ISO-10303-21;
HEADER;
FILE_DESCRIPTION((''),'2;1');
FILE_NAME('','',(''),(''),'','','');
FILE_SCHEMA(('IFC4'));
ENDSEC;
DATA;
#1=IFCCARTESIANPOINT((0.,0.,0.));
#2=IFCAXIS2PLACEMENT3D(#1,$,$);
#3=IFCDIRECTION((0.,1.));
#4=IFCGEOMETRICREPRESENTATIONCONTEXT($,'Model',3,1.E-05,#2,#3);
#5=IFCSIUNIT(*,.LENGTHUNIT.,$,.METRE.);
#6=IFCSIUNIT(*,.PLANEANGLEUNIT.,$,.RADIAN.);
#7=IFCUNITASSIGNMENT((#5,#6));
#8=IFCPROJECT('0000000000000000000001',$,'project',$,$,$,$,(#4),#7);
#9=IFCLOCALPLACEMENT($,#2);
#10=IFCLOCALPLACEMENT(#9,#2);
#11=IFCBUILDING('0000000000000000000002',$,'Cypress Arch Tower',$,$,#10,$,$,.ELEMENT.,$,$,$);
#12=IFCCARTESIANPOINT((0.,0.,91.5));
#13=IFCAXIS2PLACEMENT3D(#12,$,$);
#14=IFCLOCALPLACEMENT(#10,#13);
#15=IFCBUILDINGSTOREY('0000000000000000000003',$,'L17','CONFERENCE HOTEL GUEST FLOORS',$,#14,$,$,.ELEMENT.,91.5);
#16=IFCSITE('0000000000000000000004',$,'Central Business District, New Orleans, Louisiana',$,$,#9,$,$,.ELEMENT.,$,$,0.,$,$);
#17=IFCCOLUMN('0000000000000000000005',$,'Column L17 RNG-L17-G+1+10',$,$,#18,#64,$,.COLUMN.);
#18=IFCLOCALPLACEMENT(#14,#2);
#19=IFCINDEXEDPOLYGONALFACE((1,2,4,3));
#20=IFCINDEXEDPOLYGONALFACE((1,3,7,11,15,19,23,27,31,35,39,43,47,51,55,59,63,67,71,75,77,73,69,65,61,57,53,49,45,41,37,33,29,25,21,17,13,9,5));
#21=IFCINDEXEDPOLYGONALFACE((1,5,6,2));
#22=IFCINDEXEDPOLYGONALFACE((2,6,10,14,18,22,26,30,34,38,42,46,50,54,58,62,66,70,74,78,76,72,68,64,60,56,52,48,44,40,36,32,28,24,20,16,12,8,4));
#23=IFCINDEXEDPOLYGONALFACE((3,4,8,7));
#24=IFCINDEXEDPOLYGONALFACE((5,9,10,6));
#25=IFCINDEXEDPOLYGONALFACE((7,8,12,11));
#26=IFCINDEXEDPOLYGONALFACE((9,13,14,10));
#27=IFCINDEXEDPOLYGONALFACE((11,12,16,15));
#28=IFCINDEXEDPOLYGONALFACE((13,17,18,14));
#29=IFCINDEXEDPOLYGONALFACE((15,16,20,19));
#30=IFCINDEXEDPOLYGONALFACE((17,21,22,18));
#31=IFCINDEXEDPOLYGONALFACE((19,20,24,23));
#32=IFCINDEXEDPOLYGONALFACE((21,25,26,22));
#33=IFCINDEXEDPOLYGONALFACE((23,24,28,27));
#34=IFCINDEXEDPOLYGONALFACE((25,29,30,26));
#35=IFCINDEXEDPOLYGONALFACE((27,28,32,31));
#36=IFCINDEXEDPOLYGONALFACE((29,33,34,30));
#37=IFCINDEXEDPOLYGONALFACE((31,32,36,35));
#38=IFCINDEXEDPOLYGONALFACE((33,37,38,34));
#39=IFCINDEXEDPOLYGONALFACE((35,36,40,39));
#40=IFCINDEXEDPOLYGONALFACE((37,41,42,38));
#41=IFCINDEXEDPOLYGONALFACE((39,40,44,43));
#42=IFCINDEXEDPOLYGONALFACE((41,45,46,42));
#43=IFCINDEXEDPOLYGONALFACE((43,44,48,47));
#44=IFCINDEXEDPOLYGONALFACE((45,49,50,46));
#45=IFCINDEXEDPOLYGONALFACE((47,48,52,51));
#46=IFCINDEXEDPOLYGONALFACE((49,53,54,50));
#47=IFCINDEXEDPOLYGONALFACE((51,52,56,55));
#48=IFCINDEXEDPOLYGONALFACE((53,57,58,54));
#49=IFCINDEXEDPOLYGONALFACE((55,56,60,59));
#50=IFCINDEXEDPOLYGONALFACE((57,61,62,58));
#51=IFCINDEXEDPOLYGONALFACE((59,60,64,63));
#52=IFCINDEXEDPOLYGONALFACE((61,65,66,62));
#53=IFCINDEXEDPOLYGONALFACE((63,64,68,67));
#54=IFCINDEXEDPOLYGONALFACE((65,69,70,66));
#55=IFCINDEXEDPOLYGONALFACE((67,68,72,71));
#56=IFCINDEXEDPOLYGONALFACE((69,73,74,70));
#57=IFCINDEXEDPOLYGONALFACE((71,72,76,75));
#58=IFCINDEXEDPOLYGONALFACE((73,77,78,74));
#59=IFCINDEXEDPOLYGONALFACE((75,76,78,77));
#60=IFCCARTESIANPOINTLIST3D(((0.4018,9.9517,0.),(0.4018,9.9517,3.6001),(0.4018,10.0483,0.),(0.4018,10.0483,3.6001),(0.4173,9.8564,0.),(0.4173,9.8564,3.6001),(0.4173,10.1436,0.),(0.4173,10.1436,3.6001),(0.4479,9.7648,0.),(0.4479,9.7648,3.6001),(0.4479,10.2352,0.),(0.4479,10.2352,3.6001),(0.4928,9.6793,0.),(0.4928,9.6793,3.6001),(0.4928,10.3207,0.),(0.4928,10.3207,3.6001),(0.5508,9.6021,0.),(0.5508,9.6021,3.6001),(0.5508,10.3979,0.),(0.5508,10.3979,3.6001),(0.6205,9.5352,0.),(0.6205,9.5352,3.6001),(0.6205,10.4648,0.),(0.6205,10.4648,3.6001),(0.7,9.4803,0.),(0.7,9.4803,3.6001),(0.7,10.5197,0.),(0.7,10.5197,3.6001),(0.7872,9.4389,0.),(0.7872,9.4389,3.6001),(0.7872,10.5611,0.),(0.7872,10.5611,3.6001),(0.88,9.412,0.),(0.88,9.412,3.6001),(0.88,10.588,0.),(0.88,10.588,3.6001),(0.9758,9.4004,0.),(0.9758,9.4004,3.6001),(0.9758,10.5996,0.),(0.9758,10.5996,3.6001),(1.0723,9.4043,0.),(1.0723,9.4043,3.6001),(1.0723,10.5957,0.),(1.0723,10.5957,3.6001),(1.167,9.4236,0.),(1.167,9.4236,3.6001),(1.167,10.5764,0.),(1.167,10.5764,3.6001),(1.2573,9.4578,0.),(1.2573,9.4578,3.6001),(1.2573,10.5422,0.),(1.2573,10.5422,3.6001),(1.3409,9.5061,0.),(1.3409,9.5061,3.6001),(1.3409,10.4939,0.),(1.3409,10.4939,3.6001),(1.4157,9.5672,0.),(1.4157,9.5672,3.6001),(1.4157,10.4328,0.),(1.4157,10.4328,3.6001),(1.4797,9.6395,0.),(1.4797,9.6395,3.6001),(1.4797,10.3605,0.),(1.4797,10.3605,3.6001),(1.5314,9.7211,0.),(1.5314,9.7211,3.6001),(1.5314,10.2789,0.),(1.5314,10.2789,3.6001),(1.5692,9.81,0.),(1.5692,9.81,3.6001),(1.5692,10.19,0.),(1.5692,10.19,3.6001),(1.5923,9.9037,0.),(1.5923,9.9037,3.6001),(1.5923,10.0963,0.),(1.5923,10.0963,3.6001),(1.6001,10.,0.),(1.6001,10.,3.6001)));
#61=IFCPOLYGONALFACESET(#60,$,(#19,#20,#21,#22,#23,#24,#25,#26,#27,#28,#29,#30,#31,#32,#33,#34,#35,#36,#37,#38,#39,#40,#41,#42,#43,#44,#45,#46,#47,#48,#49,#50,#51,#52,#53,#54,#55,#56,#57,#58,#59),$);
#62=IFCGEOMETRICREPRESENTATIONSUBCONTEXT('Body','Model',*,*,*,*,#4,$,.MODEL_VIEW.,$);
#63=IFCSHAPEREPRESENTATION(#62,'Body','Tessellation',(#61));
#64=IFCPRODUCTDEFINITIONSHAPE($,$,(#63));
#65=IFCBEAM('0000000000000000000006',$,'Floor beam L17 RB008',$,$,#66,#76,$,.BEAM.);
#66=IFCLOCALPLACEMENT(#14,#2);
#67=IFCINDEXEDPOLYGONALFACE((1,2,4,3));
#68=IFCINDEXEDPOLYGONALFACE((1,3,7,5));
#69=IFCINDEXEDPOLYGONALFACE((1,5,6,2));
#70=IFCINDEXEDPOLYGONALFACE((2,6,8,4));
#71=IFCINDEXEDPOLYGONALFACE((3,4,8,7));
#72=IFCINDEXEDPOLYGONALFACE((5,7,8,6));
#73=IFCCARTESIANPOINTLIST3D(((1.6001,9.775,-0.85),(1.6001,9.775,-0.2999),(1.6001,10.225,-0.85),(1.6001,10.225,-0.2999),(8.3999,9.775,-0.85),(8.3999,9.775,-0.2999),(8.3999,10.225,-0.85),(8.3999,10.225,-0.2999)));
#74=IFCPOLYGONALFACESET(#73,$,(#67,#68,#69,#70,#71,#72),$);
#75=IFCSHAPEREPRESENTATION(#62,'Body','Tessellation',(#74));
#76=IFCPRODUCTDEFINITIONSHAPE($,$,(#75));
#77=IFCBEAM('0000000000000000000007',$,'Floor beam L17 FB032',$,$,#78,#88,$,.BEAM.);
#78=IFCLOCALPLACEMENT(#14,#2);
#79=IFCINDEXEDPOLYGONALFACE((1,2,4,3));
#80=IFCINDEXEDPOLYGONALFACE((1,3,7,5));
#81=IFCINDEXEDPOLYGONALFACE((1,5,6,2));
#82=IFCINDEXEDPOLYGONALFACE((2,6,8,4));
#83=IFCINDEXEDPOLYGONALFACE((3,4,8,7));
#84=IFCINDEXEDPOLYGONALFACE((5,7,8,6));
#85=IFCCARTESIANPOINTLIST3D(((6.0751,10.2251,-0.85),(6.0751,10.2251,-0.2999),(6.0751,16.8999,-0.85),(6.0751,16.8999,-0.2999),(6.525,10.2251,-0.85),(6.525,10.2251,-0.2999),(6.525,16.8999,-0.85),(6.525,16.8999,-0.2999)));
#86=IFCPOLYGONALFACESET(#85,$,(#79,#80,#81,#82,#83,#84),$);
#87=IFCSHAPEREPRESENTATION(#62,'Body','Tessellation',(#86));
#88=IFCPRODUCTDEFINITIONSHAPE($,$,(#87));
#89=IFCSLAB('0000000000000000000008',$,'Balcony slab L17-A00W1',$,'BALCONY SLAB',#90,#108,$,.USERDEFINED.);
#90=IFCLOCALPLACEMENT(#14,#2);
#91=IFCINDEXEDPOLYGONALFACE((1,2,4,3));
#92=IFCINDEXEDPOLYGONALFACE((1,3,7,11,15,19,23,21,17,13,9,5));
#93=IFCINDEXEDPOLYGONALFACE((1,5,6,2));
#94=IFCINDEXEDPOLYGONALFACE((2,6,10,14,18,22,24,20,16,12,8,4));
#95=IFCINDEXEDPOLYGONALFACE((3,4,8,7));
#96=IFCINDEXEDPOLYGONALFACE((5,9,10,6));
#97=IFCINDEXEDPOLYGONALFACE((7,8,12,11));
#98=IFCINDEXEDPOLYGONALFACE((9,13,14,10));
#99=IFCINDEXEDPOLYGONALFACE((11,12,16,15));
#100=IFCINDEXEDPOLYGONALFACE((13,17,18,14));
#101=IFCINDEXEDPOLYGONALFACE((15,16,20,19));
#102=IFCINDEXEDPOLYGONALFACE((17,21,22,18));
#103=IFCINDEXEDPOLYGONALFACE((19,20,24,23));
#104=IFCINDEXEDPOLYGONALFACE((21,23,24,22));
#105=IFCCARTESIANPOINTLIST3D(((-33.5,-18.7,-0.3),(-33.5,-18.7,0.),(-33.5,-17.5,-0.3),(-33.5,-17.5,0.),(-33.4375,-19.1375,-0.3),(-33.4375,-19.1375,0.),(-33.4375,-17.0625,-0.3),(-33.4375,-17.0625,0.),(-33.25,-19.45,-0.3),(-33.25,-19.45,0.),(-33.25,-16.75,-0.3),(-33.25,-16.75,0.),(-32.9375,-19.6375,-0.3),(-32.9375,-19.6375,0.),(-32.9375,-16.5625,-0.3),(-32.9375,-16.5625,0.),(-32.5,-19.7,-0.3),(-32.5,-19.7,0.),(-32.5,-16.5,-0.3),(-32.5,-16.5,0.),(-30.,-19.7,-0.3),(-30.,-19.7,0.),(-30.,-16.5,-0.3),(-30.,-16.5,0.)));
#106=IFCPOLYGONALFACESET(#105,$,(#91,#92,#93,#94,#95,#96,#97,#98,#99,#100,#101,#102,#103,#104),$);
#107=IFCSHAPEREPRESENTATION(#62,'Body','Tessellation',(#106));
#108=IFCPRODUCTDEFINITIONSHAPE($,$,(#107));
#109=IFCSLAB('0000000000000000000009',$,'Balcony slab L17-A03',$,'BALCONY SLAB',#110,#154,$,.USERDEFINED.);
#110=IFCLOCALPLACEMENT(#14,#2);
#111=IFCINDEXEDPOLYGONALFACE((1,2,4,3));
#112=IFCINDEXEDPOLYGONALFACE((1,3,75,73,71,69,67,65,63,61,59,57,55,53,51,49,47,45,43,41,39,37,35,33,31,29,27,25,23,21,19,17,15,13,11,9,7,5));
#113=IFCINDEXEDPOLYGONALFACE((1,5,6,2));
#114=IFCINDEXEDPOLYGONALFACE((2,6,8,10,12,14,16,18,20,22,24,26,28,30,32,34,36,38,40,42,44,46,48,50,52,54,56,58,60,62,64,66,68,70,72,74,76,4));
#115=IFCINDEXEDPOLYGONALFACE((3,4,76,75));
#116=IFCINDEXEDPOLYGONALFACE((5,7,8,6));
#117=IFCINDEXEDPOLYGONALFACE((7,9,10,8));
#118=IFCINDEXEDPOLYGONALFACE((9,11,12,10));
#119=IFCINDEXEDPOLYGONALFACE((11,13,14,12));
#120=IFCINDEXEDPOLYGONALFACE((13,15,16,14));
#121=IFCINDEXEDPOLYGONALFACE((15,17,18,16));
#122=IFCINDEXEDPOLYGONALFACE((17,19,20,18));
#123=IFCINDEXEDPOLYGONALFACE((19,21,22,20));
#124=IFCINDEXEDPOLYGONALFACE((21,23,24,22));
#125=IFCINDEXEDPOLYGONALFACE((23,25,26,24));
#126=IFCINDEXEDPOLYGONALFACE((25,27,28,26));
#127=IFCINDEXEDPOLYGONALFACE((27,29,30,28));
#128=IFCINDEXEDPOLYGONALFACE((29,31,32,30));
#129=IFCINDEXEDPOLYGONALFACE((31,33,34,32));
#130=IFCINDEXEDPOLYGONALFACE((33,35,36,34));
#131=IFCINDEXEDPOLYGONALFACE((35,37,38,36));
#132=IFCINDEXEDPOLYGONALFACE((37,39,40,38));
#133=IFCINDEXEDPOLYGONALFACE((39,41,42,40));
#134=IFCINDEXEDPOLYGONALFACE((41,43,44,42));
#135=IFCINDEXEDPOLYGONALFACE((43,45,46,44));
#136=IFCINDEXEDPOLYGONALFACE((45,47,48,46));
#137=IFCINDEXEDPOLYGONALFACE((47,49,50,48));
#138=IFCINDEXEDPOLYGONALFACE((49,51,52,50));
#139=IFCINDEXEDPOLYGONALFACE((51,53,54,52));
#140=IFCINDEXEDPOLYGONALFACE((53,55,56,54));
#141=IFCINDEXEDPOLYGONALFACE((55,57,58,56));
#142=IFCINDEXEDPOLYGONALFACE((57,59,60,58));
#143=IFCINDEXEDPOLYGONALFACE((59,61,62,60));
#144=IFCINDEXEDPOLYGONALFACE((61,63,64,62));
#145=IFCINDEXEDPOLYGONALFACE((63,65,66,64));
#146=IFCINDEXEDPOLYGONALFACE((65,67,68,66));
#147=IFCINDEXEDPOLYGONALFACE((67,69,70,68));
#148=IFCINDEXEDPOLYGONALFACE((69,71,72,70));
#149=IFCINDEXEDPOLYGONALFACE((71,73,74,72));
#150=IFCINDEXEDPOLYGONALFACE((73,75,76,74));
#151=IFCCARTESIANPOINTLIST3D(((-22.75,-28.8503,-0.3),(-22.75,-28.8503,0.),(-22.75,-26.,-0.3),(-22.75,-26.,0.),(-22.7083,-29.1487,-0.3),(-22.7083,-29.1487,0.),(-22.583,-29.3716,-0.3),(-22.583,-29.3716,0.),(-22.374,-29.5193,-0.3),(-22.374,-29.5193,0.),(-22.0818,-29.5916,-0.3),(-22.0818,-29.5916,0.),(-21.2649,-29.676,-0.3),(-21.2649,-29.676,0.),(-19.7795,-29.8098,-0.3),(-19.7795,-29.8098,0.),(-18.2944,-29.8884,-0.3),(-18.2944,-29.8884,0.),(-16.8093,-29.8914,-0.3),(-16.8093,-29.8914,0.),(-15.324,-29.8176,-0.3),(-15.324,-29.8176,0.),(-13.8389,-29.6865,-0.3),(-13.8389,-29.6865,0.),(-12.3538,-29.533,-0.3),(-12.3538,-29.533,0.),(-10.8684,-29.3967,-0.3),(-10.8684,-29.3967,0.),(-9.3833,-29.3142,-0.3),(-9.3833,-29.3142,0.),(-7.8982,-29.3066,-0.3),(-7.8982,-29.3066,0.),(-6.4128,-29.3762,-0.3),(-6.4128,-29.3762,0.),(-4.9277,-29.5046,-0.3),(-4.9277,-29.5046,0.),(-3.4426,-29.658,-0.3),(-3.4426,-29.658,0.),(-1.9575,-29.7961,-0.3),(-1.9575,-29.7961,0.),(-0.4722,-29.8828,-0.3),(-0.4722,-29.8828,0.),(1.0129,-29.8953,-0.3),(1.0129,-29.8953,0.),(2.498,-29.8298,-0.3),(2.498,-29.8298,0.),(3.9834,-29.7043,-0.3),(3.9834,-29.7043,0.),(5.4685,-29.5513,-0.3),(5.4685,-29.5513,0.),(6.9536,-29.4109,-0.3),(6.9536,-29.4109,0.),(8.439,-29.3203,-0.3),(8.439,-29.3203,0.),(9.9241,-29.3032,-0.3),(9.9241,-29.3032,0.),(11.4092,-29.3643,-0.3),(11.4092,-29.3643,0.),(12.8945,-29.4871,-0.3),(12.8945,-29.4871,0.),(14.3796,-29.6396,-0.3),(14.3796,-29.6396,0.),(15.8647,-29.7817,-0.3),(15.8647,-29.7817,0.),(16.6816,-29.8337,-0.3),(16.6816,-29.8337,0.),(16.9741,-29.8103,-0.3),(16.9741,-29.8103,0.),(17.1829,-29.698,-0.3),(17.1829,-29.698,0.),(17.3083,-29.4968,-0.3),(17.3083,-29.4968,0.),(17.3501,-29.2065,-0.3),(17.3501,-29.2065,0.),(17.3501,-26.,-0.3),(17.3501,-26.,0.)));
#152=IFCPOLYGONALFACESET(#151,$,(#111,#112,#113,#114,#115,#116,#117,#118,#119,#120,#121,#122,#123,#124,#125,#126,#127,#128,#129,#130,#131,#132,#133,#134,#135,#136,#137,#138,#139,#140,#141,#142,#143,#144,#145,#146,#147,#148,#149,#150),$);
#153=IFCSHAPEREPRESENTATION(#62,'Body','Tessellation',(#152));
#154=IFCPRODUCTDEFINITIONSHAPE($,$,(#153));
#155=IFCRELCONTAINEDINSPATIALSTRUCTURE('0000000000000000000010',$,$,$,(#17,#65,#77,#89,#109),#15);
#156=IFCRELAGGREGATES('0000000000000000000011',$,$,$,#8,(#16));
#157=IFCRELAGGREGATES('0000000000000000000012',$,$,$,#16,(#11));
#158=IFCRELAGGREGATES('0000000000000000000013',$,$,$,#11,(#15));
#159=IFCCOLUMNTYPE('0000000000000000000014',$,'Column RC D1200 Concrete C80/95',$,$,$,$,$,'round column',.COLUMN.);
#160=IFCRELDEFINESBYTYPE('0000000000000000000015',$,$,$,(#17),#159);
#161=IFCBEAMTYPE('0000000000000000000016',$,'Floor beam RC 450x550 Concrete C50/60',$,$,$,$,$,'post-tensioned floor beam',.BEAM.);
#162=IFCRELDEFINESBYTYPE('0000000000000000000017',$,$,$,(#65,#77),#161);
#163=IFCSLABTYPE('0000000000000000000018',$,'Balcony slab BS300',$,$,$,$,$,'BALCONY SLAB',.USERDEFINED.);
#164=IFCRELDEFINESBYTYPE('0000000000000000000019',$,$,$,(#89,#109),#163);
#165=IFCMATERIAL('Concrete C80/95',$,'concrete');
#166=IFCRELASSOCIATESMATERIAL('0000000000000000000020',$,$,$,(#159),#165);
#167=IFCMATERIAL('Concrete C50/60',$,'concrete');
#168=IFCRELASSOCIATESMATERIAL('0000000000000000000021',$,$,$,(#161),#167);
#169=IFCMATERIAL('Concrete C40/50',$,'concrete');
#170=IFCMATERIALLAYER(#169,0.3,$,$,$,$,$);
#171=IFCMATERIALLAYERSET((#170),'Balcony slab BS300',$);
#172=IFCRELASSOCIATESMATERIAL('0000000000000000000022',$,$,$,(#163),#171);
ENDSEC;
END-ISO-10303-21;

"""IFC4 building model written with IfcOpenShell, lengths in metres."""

from ifc_helpers import new_model, si_unit, direction, frame, origin, origin_2d, place, context, subcontext, project, spatial, polyline, rectangle, circle, outline, extrude, material, layer, layer_set, material_profile, profile_set, type_object, element, save


model = new_model("IFC4")

# Units and contexts
model_context = context("Model", 3, precision=1e-05, world=origin(), true_north=direction((0.0, 1.0)))
body_context = subcontext(model_context, "Body", "Model", "MODEL_VIEW")
ifc_project = project(units=[si_unit("LENGTHUNIT", "METRE"), si_unit("PLANEANGLEUNIT", "RADIAN")], contexts=[model_context])

# Site, building, storey
site_placement = place(None, origin())
site = spatial("IfcSite", under=ifc_project, at=site_placement, Name="Central Business District, New Orleans, Louisiana", CompositionType="ELEMENT", RefElevation=0.0)
building_placement = place(site_placement, origin())
building = spatial("IfcBuilding", under=site, at=building_placement, Name="Cypress Arch Tower", CompositionType="ELEMENT")
storey_placement = place(building_placement, frame((0.0, 0.0, 91.5)))
storey = spatial("IfcBuildingStorey", under=building, at=storey_placement, Name="L17", Description="CONFERENCE HOTEL GUEST FLOORS", CompositionType="ELEMENT", Elevation=91.5)

# Column
ifc_material_1 = material(Name="Concrete C80/95", Category="concrete")
ifc_material_profile_1 = material_profile(ifc_material_1, circle(Radius=0.6001, at=origin_2d()), Name="RC D1200")
ifc_profile_set_1 = profile_set([ifc_material_profile_1], Name="Concrete C80/95")
column_type = type_object("IfcColumnType", Name="Column RC D1200 Concrete C80/95", ElementType="round column", PredefinedType="COLUMN", material=ifc_profile_set_1)
column_placement = place(storey_placement, frame((1.0, 10.0, 0.0), z_axis=(0.0, 0.0, 1.0), x_axis=(1.0, 0.0, 0.0)))
element("IfcColumn", 1, at=column_placement, inside=storey, type_object=column_type, Name="Column L17 RNG-L17-G+1+10", PredefinedType="COLUMN", context=body_context, shape_type="SweptSolid", body=[
    extrude(circle(Radius=0.6001, at=origin_2d()), origin(), (0.0, 0.0, 1.0), 3.6001),
])

# Beams
ifc_material_2 = material(Name="Concrete C50/60", Category="concrete")
ifc_material_profile_2 = material_profile(ifc_material_2, rectangle(XDim=0.45, YDim=0.55, at=origin_2d()), Name="RC 450x550")
ifc_profile_set_2 = profile_set([ifc_material_profile_2], Name="Concrete C50/60")
beam_type = type_object("IfcBeamType", Name="Floor beam RC 450x550 Concrete C50/60", ElementType="post-tensioned floor beam", PredefinedType="BEAM", material=ifc_profile_set_2)
beam_1_placement = place(storey_placement, frame((1.6001, 10.0, -0.575), z_axis=(1.0, 0.0, 0.0), x_axis=(0.0, 1.0, 0.0)))
element("IfcBeam", 2, at=beam_1_placement, inside=storey, type_object=beam_type, Name="Floor beam L17 RB008", PredefinedType="BEAM", context=body_context, shape_type="SweptSolid", body=[
    extrude(rectangle(XDim=0.45, YDim=0.55, at=origin_2d()), origin(), (0.0, 0.0, 1.0), 6.7998),
])
beam_2_placement = place(storey_placement, frame((6.3, 10.2251, -0.575), z_axis=(0.0, 1.0, 0.0), x_axis=(-1.0, 0.0, 0.0)))
element("IfcBeam", 3, at=beam_2_placement, inside=storey, type_object=beam_type, Name="Floor beam L17 FB032", PredefinedType="BEAM", context=body_context, shape_type="SweptSolid", body=[
    extrude(rectangle(XDim=0.45, YDim=0.55, at=origin_2d()), origin(), (0.0, 0.0, 1.0), 6.6748),
])

# Slabs
ifc_material_3 = material(Name="Concrete C40/50", Category="concrete")
ifc_layer_1 = layer(ifc_material_3, 0.3)
ifc_layer_set_1 = layer_set([ifc_layer_1], Name="Balcony slab BS300")
slab_type_1 = type_object("IfcSlabType", Name="Balcony slab BS300", ElementType="BALCONY SLAB", PredefinedType="USERDEFINED", material=ifc_layer_set_1)
slab_1_placement = place(storey_placement, frame((0.0, 0.0, -0.3)))
element("IfcSlab", 4, at=slab_1_placement, inside=storey, type_object=slab_type_1, Name="Balcony slab L17-A00W1", ObjectType="BALCONY SLAB", PredefinedType="USERDEFINED", context=body_context, shape_type="SweptSolid", body=[
    extrude(outline(polyline([(-30.0, -16.5), (-32.5, -16.5), (-32.9375, -16.5625), (-33.25, -16.75), (-33.4375, -17.0625), (-33.5, -17.5), (-33.5, -18.7), (-33.4375, -19.1375), (-33.25, -19.45), (-32.9375, -19.6375), (-32.5, -19.7), (-30.0, -19.7), (-30.0, -16.5)])), origin(), (0.0, 0.0, 1.0), 0.3),
])
slab_2_placement = place(storey_placement, frame((0.0, 0.0, -0.3)))
element("IfcSlab", 5, at=slab_2_placement, inside=storey, type_object=slab_type_1, Name="Balcony slab L17-A03", ObjectType="BALCONY SLAB", PredefinedType="USERDEFINED", context=body_context, shape_type="SweptSolid", body=[
    extrude(outline(polyline([(-22.75, -26.0), (-22.75, -28.8503), (-22.7083, -29.1487), (-22.583, -29.3716), (-22.374, -29.5193), (-22.0818, -29.5916), (-21.2649, -29.676), (-19.7795, -29.8098), (-18.2944, -29.8884), (-16.8093, -29.8914), (-15.324, -29.8176), (-13.8389, -29.6865), (-12.3538, -29.533), (-10.8684, -29.3967), (-9.3833, -29.3142), (-7.8982, -29.3066), (-6.4128, -29.3762), (-4.9277, -29.5046), (-3.4426, -29.658), (-1.9575, -29.7961), (-0.4722, -29.8828), (1.0129, -29.8953), (2.498, -29.8298), (3.9834, -29.7043), (5.4685, -29.5513), (6.9536, -29.4109), (8.439, -29.3203), (9.9241, -29.3032), (11.4092, -29.3643), (12.8945, -29.4871), (14.3796, -29.6396), (15.8647, -29.7817), (16.6816, -29.8337), (16.9741, -29.8103), (17.1829, -29.698), (17.3083, -29.4968), (17.3501, -29.2065), (17.3501, -26.0), (-22.75, -26.0)])), origin(), (0.0, 0.0, 1.0), 0.3),
])

save(model, "model.ifc")
